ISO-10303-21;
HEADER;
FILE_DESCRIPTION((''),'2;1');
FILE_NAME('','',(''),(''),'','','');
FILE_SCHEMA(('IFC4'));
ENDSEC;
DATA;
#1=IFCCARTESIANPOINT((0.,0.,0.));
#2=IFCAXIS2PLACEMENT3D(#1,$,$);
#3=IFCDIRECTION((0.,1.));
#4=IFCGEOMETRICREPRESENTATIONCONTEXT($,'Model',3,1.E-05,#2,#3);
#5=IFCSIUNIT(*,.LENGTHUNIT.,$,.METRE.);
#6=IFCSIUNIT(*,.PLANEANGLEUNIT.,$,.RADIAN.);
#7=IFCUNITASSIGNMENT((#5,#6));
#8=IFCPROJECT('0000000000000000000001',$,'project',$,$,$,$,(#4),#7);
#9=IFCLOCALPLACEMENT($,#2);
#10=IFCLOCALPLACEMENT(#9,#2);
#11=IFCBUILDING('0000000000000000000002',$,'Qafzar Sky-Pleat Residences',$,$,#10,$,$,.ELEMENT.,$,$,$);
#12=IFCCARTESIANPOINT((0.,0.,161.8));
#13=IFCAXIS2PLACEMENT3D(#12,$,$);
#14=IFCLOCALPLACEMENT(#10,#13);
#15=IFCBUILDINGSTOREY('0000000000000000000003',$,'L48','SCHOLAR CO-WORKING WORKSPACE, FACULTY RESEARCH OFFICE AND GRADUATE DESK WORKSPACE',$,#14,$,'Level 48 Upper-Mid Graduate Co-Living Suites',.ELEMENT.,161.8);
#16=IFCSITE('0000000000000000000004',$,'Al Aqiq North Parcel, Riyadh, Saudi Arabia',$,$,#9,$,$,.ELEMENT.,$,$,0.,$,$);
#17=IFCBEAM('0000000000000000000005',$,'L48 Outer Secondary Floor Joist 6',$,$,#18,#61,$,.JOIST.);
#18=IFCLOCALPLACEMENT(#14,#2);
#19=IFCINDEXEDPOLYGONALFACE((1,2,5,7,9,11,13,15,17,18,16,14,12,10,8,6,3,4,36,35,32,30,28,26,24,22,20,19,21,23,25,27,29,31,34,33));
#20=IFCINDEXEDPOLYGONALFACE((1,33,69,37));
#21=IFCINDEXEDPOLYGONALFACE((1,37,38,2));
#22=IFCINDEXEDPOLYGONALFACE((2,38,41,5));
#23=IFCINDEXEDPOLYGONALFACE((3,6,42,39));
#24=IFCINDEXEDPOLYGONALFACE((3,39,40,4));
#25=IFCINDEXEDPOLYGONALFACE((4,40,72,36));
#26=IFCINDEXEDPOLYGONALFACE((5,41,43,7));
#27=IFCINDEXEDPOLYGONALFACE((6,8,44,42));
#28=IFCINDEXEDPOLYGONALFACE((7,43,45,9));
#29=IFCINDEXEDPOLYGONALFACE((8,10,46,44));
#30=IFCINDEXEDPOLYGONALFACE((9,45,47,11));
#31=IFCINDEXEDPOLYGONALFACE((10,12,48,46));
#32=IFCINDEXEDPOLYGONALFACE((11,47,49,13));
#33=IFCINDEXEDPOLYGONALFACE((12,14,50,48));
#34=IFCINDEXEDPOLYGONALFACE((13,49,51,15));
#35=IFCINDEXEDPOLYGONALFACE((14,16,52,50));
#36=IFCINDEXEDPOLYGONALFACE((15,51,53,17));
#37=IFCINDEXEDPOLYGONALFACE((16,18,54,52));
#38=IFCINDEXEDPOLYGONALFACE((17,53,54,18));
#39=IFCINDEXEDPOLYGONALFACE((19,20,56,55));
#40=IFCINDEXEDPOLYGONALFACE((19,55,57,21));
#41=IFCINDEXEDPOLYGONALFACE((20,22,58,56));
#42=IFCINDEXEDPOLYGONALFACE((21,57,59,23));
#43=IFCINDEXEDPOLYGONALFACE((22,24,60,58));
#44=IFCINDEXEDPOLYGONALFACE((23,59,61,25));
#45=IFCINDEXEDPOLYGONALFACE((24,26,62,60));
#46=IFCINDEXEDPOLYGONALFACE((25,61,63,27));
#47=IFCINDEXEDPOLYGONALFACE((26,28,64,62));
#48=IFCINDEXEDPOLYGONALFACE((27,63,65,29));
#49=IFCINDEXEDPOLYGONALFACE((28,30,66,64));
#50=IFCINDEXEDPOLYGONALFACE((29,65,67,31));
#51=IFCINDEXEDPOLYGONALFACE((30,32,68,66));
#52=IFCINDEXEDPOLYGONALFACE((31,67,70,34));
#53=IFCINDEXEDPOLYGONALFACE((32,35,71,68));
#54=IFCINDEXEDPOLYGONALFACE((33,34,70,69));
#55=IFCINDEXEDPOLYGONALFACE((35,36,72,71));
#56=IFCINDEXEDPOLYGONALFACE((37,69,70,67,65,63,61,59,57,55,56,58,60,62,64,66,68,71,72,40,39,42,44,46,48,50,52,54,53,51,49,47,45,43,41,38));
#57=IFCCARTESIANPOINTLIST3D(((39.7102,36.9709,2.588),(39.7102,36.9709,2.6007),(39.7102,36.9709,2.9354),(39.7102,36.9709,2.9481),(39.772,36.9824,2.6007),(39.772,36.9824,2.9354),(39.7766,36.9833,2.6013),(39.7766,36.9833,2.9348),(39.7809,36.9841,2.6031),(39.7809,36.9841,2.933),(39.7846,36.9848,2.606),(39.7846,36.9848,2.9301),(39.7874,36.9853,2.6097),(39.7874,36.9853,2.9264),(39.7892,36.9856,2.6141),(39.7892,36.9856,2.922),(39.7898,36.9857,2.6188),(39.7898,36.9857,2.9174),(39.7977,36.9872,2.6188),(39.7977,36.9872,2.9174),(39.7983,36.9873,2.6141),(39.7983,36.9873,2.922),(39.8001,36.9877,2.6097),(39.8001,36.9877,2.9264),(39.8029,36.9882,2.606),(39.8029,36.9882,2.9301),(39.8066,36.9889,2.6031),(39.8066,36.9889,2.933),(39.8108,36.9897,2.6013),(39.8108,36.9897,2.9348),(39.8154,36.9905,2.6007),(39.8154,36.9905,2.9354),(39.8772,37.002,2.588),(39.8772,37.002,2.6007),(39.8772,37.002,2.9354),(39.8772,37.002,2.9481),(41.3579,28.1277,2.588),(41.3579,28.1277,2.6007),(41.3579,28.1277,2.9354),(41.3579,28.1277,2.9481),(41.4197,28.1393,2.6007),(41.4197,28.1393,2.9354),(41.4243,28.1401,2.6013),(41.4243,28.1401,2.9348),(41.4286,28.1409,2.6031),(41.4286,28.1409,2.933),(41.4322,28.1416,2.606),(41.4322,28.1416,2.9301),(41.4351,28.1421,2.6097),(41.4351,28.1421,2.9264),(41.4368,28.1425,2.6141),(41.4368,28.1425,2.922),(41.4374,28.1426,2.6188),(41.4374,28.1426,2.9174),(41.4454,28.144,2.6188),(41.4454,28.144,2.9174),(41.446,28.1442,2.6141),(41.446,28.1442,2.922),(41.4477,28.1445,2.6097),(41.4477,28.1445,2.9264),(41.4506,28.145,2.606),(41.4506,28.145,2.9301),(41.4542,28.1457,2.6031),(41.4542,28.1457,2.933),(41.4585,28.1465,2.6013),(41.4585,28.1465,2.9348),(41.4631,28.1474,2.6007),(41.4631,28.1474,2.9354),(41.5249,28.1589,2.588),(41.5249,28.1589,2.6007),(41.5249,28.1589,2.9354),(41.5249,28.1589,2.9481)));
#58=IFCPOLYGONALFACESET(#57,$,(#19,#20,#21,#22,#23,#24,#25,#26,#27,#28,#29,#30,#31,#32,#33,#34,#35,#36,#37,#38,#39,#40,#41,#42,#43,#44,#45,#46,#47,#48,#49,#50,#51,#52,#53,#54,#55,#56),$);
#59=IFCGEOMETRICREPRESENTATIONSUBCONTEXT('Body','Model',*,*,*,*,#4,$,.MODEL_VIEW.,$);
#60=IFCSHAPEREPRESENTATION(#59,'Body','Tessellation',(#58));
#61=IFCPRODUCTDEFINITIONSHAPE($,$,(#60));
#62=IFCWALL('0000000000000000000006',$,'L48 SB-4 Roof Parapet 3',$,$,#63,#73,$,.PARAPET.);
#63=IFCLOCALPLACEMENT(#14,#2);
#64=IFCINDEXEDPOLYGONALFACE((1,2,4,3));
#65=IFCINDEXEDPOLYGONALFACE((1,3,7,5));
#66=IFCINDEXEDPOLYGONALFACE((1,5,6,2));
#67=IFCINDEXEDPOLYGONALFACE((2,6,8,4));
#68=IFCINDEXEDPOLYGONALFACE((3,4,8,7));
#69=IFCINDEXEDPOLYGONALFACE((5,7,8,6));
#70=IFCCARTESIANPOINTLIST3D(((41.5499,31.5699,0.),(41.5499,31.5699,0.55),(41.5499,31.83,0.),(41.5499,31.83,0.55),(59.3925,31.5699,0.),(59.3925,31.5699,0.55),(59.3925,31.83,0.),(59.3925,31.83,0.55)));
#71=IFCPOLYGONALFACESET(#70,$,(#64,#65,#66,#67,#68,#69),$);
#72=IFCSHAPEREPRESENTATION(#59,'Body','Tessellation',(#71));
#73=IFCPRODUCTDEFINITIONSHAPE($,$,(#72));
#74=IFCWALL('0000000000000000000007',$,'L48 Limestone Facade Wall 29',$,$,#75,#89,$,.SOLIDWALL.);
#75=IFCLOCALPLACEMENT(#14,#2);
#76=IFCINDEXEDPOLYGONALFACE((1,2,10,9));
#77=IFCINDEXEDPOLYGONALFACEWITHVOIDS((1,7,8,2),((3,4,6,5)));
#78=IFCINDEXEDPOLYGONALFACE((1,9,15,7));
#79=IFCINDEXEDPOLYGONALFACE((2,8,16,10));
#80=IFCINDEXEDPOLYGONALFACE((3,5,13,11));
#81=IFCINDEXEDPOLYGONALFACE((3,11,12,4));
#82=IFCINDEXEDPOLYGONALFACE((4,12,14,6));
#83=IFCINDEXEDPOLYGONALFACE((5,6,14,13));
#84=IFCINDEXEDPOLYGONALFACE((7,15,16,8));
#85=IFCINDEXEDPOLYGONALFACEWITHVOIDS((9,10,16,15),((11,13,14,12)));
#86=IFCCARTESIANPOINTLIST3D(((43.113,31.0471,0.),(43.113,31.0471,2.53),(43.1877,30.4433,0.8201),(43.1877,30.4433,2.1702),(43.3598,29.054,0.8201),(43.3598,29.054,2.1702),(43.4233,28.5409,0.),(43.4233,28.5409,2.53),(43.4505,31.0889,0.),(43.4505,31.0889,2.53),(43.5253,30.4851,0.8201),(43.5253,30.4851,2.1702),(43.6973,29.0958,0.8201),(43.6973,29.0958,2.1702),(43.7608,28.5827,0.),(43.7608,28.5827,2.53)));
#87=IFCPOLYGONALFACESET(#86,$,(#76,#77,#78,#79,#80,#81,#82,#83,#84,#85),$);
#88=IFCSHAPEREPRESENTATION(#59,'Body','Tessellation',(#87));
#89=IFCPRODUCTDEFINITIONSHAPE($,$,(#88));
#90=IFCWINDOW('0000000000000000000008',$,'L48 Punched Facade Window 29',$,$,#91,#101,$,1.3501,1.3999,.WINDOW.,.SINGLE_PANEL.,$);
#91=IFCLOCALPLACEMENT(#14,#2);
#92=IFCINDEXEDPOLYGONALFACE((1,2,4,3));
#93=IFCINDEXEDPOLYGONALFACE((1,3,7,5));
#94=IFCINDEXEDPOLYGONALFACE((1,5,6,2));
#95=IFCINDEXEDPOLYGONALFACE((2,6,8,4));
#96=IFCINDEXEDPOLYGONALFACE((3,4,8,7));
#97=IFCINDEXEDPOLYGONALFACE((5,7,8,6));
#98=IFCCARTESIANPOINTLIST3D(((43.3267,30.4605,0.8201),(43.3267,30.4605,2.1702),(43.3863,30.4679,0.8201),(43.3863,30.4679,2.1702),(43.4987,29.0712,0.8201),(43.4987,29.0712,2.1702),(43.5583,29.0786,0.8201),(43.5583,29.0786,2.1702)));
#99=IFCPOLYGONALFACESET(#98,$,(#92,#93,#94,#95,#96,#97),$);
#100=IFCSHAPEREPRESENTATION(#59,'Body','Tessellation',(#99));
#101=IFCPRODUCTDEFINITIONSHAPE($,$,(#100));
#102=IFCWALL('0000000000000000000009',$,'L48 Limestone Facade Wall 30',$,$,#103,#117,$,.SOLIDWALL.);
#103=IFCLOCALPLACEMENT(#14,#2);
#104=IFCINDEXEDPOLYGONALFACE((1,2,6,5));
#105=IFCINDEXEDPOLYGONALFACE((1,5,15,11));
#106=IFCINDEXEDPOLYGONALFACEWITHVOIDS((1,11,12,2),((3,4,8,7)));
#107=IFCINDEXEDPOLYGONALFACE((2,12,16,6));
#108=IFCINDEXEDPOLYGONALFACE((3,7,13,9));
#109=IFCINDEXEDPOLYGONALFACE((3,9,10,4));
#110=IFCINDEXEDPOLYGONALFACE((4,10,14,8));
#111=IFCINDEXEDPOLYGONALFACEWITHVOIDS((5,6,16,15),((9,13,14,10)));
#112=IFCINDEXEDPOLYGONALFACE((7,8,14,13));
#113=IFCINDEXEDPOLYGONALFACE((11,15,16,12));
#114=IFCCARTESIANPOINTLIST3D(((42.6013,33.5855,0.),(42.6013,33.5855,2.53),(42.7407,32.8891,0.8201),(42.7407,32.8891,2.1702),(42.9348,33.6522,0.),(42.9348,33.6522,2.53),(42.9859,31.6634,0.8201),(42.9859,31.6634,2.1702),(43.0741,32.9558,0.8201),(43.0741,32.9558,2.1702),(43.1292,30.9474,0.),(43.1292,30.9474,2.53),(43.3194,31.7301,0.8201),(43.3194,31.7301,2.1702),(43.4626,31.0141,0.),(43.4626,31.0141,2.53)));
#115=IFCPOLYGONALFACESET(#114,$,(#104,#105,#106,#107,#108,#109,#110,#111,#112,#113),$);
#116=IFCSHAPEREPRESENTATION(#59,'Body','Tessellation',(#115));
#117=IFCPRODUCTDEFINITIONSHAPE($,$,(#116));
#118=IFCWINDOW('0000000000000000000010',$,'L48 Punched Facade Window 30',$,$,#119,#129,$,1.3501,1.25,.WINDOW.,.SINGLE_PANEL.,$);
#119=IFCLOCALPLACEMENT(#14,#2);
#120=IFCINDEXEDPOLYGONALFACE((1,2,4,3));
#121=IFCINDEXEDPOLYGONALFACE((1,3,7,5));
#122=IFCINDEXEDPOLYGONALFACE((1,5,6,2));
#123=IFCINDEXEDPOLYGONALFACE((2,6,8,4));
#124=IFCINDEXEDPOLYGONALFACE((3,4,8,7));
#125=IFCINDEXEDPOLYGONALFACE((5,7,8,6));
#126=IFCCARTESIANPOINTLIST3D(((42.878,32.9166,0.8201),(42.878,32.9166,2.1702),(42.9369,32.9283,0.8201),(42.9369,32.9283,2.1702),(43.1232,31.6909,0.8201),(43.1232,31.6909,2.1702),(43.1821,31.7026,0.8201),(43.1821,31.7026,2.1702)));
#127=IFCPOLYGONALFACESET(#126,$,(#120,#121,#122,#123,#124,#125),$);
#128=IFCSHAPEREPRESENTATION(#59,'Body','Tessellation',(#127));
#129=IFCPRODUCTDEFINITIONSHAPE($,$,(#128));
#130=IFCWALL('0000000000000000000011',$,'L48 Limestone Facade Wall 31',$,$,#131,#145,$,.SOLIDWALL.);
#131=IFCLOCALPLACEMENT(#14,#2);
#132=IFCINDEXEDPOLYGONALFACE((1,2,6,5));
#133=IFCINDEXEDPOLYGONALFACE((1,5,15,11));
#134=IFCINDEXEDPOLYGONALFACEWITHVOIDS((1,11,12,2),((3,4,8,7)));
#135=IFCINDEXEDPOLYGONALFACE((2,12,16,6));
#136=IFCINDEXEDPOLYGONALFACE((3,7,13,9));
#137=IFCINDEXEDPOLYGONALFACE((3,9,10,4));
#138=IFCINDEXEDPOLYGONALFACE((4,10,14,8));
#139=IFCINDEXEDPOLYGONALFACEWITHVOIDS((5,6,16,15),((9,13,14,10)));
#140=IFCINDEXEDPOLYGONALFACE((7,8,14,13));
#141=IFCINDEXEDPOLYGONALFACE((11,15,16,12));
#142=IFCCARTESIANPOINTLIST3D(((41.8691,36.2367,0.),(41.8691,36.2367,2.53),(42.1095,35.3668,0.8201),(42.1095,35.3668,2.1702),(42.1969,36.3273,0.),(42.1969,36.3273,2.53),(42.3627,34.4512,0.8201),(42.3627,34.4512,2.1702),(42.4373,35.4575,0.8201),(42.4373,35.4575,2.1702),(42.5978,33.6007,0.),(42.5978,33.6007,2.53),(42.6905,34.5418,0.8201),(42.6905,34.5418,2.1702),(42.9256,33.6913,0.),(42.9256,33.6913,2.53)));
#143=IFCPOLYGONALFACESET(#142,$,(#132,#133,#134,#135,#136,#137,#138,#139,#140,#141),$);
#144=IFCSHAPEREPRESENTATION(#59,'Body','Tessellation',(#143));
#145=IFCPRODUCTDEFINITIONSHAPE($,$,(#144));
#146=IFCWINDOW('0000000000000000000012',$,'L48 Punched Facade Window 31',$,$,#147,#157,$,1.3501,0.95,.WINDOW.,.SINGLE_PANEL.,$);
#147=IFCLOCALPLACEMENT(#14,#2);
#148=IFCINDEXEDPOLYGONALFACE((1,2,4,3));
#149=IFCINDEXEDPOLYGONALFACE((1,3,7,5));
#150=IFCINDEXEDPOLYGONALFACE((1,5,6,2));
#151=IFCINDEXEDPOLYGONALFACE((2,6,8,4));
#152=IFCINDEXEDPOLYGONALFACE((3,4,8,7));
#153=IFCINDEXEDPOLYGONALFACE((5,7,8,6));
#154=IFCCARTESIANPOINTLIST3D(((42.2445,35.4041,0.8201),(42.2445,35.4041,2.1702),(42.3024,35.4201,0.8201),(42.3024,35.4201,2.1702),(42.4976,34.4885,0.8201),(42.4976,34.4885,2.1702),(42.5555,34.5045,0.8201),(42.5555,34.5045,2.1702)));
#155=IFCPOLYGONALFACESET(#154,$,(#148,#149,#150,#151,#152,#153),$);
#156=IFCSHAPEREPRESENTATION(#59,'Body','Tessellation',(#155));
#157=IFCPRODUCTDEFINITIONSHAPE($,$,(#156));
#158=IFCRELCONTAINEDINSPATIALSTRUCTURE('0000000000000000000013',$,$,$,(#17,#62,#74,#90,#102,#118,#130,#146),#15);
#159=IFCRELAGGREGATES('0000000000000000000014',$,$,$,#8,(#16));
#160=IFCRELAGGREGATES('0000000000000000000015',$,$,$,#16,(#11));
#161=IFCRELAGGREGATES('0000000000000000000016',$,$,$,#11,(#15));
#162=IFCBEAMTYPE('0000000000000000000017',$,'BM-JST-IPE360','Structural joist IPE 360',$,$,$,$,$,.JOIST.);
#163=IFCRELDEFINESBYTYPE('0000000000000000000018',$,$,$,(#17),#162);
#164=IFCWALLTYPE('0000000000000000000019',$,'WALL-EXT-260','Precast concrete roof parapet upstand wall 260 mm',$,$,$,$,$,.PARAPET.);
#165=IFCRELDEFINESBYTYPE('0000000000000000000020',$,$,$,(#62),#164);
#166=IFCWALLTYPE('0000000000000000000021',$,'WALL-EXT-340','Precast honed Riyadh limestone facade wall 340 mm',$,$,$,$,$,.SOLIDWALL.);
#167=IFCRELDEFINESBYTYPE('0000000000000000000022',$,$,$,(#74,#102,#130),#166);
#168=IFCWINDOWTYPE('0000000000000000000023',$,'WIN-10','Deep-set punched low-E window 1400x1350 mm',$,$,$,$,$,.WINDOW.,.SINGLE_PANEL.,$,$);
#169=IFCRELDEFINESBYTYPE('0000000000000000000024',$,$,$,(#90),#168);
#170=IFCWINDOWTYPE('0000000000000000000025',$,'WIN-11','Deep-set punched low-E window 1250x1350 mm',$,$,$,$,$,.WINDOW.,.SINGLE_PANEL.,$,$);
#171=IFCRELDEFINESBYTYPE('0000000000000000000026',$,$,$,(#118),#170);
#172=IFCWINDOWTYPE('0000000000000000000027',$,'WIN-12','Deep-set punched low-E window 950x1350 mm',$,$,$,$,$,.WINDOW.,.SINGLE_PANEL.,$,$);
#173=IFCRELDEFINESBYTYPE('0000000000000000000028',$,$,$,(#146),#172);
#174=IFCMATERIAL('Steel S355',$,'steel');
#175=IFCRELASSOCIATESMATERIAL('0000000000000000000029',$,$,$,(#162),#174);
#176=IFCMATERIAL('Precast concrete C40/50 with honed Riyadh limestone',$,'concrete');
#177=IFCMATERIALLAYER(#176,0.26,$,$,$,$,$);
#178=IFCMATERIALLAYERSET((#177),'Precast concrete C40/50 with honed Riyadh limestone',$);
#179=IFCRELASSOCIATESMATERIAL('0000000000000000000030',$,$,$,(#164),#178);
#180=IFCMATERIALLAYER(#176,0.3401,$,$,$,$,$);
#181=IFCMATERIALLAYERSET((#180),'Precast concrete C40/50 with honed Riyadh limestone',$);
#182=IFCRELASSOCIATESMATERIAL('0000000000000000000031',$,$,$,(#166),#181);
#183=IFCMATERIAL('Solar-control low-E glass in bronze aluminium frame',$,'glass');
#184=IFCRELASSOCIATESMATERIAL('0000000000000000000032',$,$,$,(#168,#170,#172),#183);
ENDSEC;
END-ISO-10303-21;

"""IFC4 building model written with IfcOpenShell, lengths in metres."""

from ifc_helpers import new_model, si_unit, direction, frame, frame_2d, origin, origin_2d, place, context, subcontext, project, spatial, rectangle, i_section, extrude, source, transform, mapped, material, layer, layer_set, material_profile, profile_set, type_object, element, fill, save


model = new_model("IFC4")

# Units and contexts
model_context = context("Model", 3, precision=1e-05, world=origin(), true_north=direction((0.0, 1.0)))
body_context = subcontext(model_context, "Body", "Model", "MODEL_VIEW")
ifc_project = project(units=[si_unit("LENGTHUNIT", "METRE"), si_unit("PLANEANGLEUNIT", "RADIAN")], contexts=[model_context])

# Site, building, storey
site_placement = place(None, origin())
site = spatial("IfcSite", under=ifc_project, at=site_placement, Name="Al Aqiq North Parcel, Riyadh, Saudi Arabia", CompositionType="ELEMENT", RefElevation=0.0)
building_placement = place(site_placement, origin())
building = spatial("IfcBuilding", under=site, at=building_placement, Name="Qafzar Sky-Pleat Residences", CompositionType="ELEMENT")
storey_placement = place(building_placement, frame((0.0, 0.0, 161.8)))
storey = spatial("IfcBuildingStorey", under=building, at=storey_placement, Name="L48", Description="SCHOLAR CO-WORKING WORKSPACE, FACULTY RESEARCH OFFICE AND GRADUATE DESK WORKSPACE", LongName="Level 48 Upper-Mid Graduate Co-Living Suites", CompositionType="ELEMENT", Elevation=161.8)

# Shared definitions
ifc_material_1 = material(Name="Steel S355", Category="steel")

# Beam
ifc_material_profile_1 = material_profile(ifc_material_1, i_section(OverallWidth=0.1699, OverallDepth=0.3601, WebThickness=0.0081, FlangeThickness=0.0127, FilletRadius=0.0181, at=origin_2d()), Name="IPE 360")
ifc_profile_set_1 = profile_set([ifc_material_profile_1], Name="Steel S355")
beam_type_1 = type_object("IfcBeamType", Name="BM-JST-IPE360", Description="Structural joist IPE 360", PredefinedType="JOIST", material=ifc_profile_set_1)
shared_shape_1 = source(origin(), body_context, "Body", "SweptSolid", [
    extrude(i_section(OverallWidth=0.1699, OverallDepth=0.3601, WebThickness=0.0081, FlangeThickness=0.0127, FilletRadius=0.0181, at=origin_2d()), origin(), (0.0, 0.0, 1.0), 8.9954),
])
beam_1_placement = place(storey_placement, frame((41.4414, 28.1433, 2.7681), z_axis=(-0.183171, 0.983081, 0.0), x_axis=(-0.983081, -0.183171, 0.0)))
element("IfcBeam", 1, at=beam_1_placement, inside=storey, type_object=beam_type_1, Name="L48 Outer Secondary Floor Joist 6", PredefinedType="JOIST", context=body_context, shape_type="MappedRepresentation", body=[
    mapped(shared_shape_1, transform((0.0, 0.0, 0.0), x_axis=(1.0, 0.0, 0.0), y_axis=(0.0, 1.0, 0.0), z_axis=(0.0, 0.0, 1.0), scale=1.0)),
])

# Wall
ifc_material_2 = material(Name="Precast concrete C40/50 with honed Riyadh limestone", Category="concrete")
ifc_layer_1 = layer(ifc_material_2, 0.26)
ifc_layer_set_1 = layer_set([ifc_layer_1], Name="Precast concrete C40/50 with honed Riyadh limestone")
wall_type_1 = type_object("IfcWallType", Name="WALL-EXT-260", Description="Precast concrete roof parapet upstand wall 260 mm", PredefinedType="PARAPET", material=ifc_layer_set_1)
wall_1_placement = place(storey_placement, frame((59.3926, 31.7, 0.0), z_axis=(0.0, 0.0, 1.0), x_axis=(-1.0, 0.0, 0.0)))
element("IfcWall", 2, at=wall_1_placement, inside=storey, type_object=wall_type_1, Name="L48 SB-4 Roof Parapet 3", PredefinedType="PARAPET", context=body_context, shape_type="SweptSolid", body=[
    extrude(rectangle(XDim=17.8425, YDim=0.26, at=frame_2d((8.9214, 0.0))), origin(), (0.0, 0.0, 1.0), 0.55),
])

# Walls, openings, windows
ifc_layer_2 = layer(ifc_material_2, 0.3401)
ifc_layer_set_2 = layer_set([ifc_layer_2], Name="Precast concrete C40/50 with honed Riyadh limestone")
wall_type_2 = type_object("IfcWallType", Name="WALL-EXT-340", Description="Precast honed Riyadh limestone facade wall 340 mm", PredefinedType="SOLIDWALL", material=ifc_layer_set_2)
wall_2_placement = place(storey_placement, frame((43.592, 28.5618, 0.0), z_axis=(0.0, 0.0, 1.0), x_axis=(-0.122869, 0.992423, 0.0)))
wall_2 = element("IfcWall", 3, at=wall_2_placement, inside=storey, type_object=wall_type_2, Name="L48 Limestone Facade Wall 29", PredefinedType="SOLIDWALL", context=body_context, shape_type="SweptSolid", body=[
    extrude(rectangle(XDim=2.5254, YDim=0.3401, at=frame_2d((1.2627, 0.0))), origin(), (0.0, 0.0, 1.0), 2.53),
])
opening_1_placement = place(wall_2_placement, frame((0.5171, 0.0, 0.8201)))
opening_1 = element("IfcOpeningElement", 4, at=opening_1_placement, cuts=wall_2, PredefinedType="OPENING", context=body_context, shape_type="SweptSolid", body=[
    extrude(rectangle(XDim=1.3999, YDim=1.3501, at=frame_2d((0.7, 0.675))), frame((0.0, 0.1802, 0.0), z_axis=(0.0, -1.0, 0.0), x_axis=(1.0, 0.0, 0.0)), (0.0, 0.0, 1.0), 0.3601),
])
ifc_material_3 = material(Name="Solar-control low-E glass in bronze aluminium frame", Category="glass")
window_type_1 = type_object("IfcWindowType", Name="WIN-10", Description="Deep-set punched low-E window 1400x1350 mm", PartitioningType="SINGLE_PANEL", PredefinedType="WINDOW", material=ifc_material_3)
shared_shape_2 = source(origin(), body_context, "Body", "SweptSolid", [
    extrude(rectangle(XDim=1.3999, YDim=1.3501, at=frame_2d((0.7, 0.675))), frame((0.0, 0.03, 0.0), z_axis=(0.0, -1.0, 0.0), x_axis=(1.0, 0.0, 0.0)), (0.0, 0.0, 1.0), 0.0601),
])
window_1_placement = place(opening_1_placement, origin())
window_1 = element("IfcWindow", 5, at=window_1_placement, inside=storey, type_object=window_type_1, Name="L48 Punched Facade Window 29", OverallHeight=1.3501, OverallWidth=1.3999, PartitioningType="SINGLE_PANEL", PredefinedType="WINDOW", context=body_context, shape_type="MappedRepresentation", body=[
    mapped(shared_shape_2, transform((0.0, 0.0, 0.0), x_axis=(1.0, 0.0, 0.0), y_axis=(0.0, 1.0, 0.0), z_axis=(0.0, 0.0, 1.0), scale=1.0)),
])
fill(opening_1, window_1)
wall_3_placement = place(storey_placement, frame((43.2959, 30.9807, 0.0), z_axis=(0.0, 0.0, 1.0), x_axis=(-0.196186, 0.980567, 0.0)))
wall_3 = element("IfcWall", 6, at=wall_3_placement, inside=storey, type_object=wall_type_2, Name="L48 Limestone Facade Wall 30", PredefinedType="SOLIDWALL", context=body_context, shape_type="SweptSolid", body=[
    extrude(rectangle(XDim=2.6904, YDim=0.3401, at=frame_2d((1.3452, 0.0))), origin(), (0.0, 0.0, 1.0), 2.53),
])
opening_2_placement = place(wall_3_placement, frame((0.7302, 0.0, 0.8201)))
opening_2 = element("IfcOpeningElement", 7, at=opening_2_placement, cuts=wall_3, PredefinedType="OPENING", context=body_context, shape_type="SweptSolid", body=[
    extrude(rectangle(XDim=1.25, YDim=1.3501, at=frame_2d((0.625, 0.675))), frame((0.0, 0.1802, 0.0), z_axis=(0.0, -1.0, 0.0), x_axis=(1.0, 0.0, 0.0)), (0.0, 0.0, 1.0), 0.3601),
])
window_type_2 = type_object("IfcWindowType", Name="WIN-11", Description="Deep-set punched low-E window 1250x1350 mm", PartitioningType="SINGLE_PANEL", PredefinedType="WINDOW", material=ifc_material_3)
shared_shape_3 = source(origin(), body_context, "Body", "SweptSolid", [
    extrude(rectangle(XDim=1.25, YDim=1.3501, at=frame_2d((0.625, 0.675))), frame((0.0, 0.03, 0.0), z_axis=(0.0, -1.0, 0.0), x_axis=(1.0, 0.0, 0.0)), (0.0, 0.0, 1.0), 0.0601),
])
window_2_placement = place(opening_2_placement, origin())
window_2 = element("IfcWindow", 8, at=window_2_placement, inside=storey, type_object=window_type_2, Name="L48 Punched Facade Window 30", OverallHeight=1.3501, OverallWidth=1.25, PartitioningType="SINGLE_PANEL", PredefinedType="WINDOW", context=body_context, shape_type="MappedRepresentation", body=[
    mapped(shared_shape_3, transform((0.0, 0.0, 0.0), x_axis=(1.0, 0.0, 0.0), y_axis=(0.0, 1.0, 0.0), z_axis=(0.0, 0.0, 1.0), scale=1.0)),
])
fill(opening_2, window_2)
wall_4_placement = place(storey_placement, frame((42.7617, 33.646, 0.0), z_axis=(0.0, 0.0, 1.0), x_axis=(-0.26647, 0.963843, 0.0)))
wall_4 = element("IfcWall", 9, at=wall_4_placement, inside=storey, type_object=wall_type_2, Name="L48 Limestone Facade Wall 31", PredefinedType="SOLIDWALL", context=body_context, shape_type="SweptSolid", body=[
    extrude(rectangle(XDim=2.7349, YDim=0.3401, at=frame_2d((1.3674, 0.0))), origin(), (0.0, 0.0, 1.0), 2.53),
])
opening_3_placement = place(wall_4_placement, frame((0.8823, 0.0, 0.8201)))
opening_3 = element("IfcOpeningElement", 10, at=opening_3_placement, cuts=wall_4, PredefinedType="OPENING", context=body_context, shape_type="SweptSolid", body=[
    extrude(rectangle(XDim=0.95, YDim=1.3501, at=frame_2d((0.4751, 0.675))), frame((0.0, 0.1802, 0.0), z_axis=(0.0, -1.0, 0.0), x_axis=(1.0, 0.0, 0.0)), (0.0, 0.0, 1.0), 0.3601),
])
window_type_3 = type_object("IfcWindowType", Name="WIN-12", Description="Deep-set punched low-E window 950x1350 mm", PartitioningType="SINGLE_PANEL", PredefinedType="WINDOW", material=ifc_material_3)
shared_shape_4 = source(origin(), body_context, "Body", "SweptSolid", [
    extrude(rectangle(XDim=0.95, YDim=1.3501, at=frame_2d((0.4751, 0.675))), frame((0.0, 0.03, 0.0), z_axis=(0.0, -1.0, 0.0), x_axis=(1.0, 0.0, 0.0)), (0.0, 0.0, 1.0), 0.0601),
])
window_3_placement = place(opening_3_placement, origin())
window_3 = element("IfcWindow", 11, at=window_3_placement, inside=storey, type_object=window_type_3, Name="L48 Punched Facade Window 31", OverallHeight=1.3501, OverallWidth=0.95, PartitioningType="SINGLE_PANEL", PredefinedType="WINDOW", context=body_context, shape_type="MappedRepresentation", body=[
    mapped(shared_shape_4, transform((0.0, 0.0, 0.0), x_axis=(1.0, 0.0, 0.0), y_axis=(0.0, 1.0, 0.0), z_axis=(0.0, 0.0, 1.0), scale=1.0)),
])
fill(opening_3, window_3)

save(model, "model.ifc")
